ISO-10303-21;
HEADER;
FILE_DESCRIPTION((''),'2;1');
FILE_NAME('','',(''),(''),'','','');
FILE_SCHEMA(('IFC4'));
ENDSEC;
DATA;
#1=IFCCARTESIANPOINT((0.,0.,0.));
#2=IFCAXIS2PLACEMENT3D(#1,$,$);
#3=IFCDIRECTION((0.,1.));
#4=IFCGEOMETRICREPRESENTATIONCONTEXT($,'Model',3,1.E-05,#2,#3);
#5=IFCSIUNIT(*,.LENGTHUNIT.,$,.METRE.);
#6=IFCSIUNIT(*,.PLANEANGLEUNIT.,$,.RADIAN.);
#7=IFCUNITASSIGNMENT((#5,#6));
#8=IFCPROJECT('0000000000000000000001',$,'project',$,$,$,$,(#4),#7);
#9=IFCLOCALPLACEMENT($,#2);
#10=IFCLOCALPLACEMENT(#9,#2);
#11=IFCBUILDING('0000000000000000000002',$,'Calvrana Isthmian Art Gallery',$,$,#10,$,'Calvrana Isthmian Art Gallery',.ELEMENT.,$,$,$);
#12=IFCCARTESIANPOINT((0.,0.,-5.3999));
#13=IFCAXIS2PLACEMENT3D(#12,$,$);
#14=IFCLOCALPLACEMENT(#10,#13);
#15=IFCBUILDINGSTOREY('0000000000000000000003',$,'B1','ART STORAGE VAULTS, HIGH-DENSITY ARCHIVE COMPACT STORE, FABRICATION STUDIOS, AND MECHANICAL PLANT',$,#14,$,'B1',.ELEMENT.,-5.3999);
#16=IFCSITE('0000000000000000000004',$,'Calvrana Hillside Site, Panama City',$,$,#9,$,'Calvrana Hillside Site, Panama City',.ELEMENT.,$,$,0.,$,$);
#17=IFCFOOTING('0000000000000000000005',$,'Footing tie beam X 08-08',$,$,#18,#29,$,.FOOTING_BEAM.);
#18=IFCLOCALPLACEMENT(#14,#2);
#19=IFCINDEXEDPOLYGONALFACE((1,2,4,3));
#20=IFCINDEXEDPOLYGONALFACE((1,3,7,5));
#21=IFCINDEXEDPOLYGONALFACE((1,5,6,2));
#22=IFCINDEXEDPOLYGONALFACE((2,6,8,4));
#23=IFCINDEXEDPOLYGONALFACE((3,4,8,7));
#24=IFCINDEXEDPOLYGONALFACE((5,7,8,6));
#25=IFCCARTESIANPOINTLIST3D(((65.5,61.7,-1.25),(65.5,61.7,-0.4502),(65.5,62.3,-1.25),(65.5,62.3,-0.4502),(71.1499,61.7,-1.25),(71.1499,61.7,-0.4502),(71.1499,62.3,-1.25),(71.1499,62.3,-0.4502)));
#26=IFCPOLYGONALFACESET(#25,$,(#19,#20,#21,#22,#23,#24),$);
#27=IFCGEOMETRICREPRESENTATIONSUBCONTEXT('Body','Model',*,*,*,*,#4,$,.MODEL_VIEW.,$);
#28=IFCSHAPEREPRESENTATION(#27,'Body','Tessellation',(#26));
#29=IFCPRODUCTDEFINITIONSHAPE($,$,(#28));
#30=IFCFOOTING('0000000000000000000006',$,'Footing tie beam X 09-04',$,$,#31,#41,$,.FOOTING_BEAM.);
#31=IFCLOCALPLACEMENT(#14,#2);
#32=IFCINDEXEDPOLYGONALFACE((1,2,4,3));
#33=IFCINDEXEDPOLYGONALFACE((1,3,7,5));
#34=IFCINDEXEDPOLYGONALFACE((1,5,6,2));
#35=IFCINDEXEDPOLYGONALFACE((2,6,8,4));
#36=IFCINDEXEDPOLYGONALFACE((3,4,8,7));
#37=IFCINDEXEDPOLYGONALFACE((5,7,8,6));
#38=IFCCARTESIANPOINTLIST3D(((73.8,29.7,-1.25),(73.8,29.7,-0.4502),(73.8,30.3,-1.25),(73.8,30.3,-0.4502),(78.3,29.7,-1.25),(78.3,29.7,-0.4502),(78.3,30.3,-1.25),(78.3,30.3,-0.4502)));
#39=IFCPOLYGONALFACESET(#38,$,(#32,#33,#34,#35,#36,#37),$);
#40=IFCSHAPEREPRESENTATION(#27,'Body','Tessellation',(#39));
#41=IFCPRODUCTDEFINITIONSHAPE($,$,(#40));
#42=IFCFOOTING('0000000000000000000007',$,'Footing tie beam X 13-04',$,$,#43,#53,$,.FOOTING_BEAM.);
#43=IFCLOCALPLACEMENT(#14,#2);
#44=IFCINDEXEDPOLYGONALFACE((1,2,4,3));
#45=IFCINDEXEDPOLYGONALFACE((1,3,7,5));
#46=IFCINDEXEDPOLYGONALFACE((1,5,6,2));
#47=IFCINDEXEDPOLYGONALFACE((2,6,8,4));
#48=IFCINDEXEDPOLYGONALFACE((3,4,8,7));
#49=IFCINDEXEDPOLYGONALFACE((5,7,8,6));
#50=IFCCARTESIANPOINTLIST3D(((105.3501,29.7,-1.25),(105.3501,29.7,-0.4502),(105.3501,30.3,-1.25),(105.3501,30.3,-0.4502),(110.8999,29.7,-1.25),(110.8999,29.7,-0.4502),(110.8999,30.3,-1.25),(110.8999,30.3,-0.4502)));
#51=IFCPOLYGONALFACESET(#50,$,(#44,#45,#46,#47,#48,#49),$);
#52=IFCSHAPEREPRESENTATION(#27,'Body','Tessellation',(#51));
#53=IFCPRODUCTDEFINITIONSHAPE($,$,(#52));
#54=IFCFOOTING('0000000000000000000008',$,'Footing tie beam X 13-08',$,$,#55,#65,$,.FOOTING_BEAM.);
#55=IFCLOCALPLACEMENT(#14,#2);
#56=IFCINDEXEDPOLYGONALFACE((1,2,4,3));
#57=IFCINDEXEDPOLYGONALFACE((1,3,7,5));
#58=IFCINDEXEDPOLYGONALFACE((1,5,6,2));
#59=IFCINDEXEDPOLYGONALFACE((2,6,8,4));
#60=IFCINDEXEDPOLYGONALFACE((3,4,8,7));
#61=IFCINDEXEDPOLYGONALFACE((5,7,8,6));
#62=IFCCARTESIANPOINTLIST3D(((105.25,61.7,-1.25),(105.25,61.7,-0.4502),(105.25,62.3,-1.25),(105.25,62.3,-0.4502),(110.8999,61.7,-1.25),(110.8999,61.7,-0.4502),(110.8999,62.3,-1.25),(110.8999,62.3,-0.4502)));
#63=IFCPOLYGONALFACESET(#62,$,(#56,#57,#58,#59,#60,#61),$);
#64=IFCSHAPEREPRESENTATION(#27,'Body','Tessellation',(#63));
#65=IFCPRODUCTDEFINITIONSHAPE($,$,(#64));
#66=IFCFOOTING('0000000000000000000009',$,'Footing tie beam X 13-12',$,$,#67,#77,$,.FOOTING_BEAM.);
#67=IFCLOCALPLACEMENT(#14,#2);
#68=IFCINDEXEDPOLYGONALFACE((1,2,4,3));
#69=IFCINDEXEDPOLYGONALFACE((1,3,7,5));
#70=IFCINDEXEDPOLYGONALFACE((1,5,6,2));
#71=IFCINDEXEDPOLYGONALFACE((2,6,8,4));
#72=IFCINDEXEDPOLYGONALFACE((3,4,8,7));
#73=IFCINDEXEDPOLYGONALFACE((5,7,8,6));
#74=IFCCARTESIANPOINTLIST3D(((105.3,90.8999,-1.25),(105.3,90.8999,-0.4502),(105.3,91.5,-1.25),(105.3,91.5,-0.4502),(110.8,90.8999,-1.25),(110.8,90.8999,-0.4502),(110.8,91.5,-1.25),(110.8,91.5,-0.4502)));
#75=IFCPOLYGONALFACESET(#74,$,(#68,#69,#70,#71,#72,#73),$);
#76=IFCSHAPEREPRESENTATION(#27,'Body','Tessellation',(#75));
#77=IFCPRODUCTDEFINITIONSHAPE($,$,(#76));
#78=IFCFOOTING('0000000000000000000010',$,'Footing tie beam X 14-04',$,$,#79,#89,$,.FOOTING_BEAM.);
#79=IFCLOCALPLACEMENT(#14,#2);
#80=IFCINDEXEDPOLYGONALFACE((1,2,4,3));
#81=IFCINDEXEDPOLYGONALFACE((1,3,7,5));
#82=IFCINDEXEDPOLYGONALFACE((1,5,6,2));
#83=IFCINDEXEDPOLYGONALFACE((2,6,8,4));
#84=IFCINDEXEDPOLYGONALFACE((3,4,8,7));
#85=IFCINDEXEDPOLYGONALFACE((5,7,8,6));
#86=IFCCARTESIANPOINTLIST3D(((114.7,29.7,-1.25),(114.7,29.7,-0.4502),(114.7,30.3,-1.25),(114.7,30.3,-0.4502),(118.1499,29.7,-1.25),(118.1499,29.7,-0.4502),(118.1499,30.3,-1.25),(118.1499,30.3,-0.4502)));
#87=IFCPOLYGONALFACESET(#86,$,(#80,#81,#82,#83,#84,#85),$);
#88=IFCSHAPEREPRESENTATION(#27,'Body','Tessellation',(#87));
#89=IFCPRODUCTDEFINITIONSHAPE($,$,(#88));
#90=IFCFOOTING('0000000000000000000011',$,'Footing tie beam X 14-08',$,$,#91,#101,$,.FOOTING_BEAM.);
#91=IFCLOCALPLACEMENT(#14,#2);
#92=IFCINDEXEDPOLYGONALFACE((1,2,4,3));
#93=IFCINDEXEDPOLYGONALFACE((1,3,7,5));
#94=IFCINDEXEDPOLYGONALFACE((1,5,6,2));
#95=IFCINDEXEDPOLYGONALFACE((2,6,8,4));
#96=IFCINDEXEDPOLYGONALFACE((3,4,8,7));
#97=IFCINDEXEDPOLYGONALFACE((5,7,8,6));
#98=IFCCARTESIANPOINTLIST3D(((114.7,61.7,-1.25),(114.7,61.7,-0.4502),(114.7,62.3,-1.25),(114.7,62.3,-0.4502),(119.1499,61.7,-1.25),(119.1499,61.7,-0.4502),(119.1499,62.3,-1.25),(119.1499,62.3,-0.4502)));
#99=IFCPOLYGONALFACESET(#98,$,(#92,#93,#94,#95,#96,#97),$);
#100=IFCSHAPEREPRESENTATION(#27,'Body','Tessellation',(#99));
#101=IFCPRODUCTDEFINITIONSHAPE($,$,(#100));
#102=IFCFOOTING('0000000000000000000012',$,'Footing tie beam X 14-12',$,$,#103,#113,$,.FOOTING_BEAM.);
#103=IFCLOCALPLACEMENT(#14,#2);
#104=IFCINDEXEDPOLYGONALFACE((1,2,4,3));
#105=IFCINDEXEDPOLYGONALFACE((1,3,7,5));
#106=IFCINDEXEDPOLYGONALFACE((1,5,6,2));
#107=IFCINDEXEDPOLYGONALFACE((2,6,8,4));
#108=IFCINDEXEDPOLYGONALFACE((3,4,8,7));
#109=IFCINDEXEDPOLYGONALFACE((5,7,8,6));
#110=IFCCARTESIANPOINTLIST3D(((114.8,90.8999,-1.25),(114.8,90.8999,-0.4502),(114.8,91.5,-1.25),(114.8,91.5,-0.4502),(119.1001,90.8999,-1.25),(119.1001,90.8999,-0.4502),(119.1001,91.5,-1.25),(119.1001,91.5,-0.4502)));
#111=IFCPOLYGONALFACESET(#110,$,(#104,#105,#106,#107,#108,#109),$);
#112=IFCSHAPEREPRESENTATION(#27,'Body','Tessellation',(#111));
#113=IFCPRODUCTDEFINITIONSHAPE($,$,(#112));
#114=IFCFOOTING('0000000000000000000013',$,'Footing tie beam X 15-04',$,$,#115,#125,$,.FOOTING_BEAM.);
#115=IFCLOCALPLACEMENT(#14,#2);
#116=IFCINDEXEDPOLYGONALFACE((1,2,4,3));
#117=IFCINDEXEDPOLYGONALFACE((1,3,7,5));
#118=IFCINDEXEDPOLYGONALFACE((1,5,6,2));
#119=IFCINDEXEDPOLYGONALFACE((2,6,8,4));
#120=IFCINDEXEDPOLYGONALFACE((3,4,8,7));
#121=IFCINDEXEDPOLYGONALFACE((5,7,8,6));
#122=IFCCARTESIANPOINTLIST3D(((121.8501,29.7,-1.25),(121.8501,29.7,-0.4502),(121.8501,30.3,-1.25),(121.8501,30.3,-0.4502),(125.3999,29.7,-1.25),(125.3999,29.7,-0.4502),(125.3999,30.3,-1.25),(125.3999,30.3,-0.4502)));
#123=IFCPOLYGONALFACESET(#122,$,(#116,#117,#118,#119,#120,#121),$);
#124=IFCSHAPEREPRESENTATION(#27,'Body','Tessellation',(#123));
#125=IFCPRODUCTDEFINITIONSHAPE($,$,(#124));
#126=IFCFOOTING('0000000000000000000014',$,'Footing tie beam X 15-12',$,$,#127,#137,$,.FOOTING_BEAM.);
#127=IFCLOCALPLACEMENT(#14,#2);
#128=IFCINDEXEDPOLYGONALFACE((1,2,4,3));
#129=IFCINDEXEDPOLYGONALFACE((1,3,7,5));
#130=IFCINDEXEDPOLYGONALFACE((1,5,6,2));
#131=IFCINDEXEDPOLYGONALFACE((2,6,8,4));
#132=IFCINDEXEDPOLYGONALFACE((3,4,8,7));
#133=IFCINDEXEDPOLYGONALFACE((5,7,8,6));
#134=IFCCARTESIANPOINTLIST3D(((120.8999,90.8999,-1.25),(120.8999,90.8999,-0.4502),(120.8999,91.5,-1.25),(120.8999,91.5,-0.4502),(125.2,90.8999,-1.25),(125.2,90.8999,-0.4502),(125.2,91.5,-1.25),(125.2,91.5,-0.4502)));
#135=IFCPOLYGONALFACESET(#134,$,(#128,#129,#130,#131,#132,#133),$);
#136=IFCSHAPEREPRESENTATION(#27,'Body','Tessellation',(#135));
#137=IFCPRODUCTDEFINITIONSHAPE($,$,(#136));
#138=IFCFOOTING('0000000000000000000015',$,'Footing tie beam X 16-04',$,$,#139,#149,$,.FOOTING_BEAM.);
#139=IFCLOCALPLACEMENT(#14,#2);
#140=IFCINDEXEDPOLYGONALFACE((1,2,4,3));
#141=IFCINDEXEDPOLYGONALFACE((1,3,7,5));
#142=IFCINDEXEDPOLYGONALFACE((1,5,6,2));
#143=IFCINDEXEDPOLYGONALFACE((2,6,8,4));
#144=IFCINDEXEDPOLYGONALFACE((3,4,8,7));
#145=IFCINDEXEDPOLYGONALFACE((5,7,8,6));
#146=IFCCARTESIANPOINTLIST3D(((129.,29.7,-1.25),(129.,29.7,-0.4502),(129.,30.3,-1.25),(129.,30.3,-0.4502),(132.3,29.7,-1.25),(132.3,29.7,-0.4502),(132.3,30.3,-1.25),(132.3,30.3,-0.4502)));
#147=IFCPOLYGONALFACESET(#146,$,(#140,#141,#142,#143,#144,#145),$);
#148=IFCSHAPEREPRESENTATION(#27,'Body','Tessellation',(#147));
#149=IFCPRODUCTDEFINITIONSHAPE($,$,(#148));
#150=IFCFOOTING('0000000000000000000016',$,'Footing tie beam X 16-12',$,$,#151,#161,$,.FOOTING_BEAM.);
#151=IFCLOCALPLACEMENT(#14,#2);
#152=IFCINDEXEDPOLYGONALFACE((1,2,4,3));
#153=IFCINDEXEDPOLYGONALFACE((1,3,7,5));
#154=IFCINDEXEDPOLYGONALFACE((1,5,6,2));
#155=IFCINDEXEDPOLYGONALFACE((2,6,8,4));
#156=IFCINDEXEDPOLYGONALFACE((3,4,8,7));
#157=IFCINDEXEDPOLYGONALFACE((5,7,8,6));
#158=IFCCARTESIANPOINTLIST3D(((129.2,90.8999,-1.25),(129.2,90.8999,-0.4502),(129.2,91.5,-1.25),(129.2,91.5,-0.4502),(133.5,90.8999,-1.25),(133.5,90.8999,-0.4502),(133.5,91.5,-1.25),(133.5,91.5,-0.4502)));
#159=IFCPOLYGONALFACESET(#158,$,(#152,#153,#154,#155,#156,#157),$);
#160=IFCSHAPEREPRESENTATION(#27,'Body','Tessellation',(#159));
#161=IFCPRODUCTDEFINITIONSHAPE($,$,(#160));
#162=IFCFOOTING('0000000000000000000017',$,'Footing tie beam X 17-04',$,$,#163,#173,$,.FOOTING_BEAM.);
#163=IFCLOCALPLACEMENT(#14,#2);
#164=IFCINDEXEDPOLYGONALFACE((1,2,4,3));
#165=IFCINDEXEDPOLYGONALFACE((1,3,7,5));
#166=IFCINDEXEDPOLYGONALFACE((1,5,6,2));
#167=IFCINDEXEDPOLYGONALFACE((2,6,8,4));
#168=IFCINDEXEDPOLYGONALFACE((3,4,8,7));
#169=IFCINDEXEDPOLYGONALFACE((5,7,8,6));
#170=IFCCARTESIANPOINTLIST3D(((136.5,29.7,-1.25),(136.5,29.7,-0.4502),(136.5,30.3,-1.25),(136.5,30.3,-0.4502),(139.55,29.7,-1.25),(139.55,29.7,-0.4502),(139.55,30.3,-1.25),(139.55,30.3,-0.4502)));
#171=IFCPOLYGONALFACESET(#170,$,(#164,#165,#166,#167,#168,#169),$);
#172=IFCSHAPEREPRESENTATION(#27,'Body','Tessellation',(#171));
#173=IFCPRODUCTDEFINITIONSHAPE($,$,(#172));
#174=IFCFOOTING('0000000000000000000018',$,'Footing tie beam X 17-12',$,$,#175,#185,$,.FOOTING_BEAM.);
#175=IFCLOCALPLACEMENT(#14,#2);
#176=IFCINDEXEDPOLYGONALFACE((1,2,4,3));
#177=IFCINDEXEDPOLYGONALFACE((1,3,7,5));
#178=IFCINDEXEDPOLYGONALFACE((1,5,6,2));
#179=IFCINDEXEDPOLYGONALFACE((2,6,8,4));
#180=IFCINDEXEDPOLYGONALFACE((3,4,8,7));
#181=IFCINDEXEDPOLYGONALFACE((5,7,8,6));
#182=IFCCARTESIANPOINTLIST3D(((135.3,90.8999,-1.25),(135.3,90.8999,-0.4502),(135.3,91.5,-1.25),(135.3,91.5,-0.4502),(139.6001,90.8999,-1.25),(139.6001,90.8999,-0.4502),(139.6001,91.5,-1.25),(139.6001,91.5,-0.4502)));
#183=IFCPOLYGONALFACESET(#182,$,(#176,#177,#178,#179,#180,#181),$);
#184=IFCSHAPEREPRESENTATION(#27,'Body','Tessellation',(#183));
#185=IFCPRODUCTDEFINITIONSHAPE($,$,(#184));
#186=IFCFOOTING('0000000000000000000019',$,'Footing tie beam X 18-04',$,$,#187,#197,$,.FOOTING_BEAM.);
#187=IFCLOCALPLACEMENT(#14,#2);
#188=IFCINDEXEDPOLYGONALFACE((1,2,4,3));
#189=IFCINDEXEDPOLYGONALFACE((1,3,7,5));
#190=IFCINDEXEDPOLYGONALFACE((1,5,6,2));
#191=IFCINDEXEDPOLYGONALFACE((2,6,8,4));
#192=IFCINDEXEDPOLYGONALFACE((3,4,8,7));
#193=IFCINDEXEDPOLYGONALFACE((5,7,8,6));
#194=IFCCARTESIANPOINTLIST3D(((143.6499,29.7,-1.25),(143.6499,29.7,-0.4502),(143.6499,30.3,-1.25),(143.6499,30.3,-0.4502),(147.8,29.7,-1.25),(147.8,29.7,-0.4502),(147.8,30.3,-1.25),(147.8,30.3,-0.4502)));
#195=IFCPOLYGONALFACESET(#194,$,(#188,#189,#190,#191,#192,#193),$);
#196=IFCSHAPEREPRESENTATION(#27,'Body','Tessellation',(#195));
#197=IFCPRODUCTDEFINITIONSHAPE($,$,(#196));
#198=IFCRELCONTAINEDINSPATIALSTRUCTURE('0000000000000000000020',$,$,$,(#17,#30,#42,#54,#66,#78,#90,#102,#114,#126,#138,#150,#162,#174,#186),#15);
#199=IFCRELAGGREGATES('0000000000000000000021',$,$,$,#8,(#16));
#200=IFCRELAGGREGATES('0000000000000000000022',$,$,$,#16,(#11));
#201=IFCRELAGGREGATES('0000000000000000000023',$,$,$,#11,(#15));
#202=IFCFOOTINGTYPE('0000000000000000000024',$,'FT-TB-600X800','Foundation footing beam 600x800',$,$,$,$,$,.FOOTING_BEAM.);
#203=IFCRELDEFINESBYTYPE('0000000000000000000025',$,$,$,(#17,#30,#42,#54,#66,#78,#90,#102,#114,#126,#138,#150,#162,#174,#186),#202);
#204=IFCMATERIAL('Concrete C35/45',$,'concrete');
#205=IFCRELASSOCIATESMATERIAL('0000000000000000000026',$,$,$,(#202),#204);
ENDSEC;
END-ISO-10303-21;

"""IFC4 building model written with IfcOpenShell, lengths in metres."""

from ifc_helpers import new_model, si_unit, direction, frame, origin, place, context, subcontext, project, spatial, polyline, outline, extrude, material, type_object, element, save


model = new_model("IFC4")

# Units and contexts
model_context = context("Model", 3, precision=1e-05, world=origin(), true_north=direction((0.0, 1.0)))
body_context = subcontext(model_context, "Body", "Model", "MODEL_VIEW")
ifc_project = project(units=[si_unit("LENGTHUNIT", "METRE"), si_unit("PLANEANGLEUNIT", "RADIAN")], contexts=[model_context])

# Site, building, storey
site_placement = place(None, origin())
site = spatial("IfcSite", under=ifc_project, at=site_placement, Name="Calvrana Hillside Site, Panama City", LongName="Calvrana Hillside Site, Panama City", CompositionType="ELEMENT", RefElevation=0.0)
building_placement = place(site_placement, origin())
building = spatial("IfcBuilding", under=site, at=building_placement, Name="Calvrana Isthmian Art Gallery", LongName="Calvrana Isthmian Art Gallery", CompositionType="ELEMENT")
storey_placement = place(building_placement, frame((0.0, 0.0, -5.3999)))
storey = spatial("IfcBuildingStorey", under=building, at=storey_placement, Name="B1", Description="ART STORAGE VAULTS, HIGH-DENSITY ARCHIVE COMPACT STORE, FABRICATION STUDIOS, AND MECHANICAL PLANT", LongName="B1", CompositionType="ELEMENT", Elevation=-5.3999)

# Footings
ifc_material = material(Name="Concrete C35/45", Category="concrete")
footing_type_1 = type_object("IfcFootingType", Name="FT-TB-600X800", Description="Foundation footing beam 600x800", PredefinedType="FOOTING_BEAM", material=ifc_material)
footing_1_placement = place(storey_placement, frame((0.0, 0.0, -1.25)))
element("IfcFooting", 1, at=footing_1_placement, inside=storey, type_object=footing_type_1, Name="Footing tie beam X 08-08", PredefinedType="FOOTING_BEAM", context=body_context, shape_type="SweptSolid", body=[
    extrude(outline(polyline([(65.5, 61.7), (71.1499, 61.7), (71.1499, 62.3), (65.5, 62.3), (65.5, 61.7)])), origin(), (0.0, 0.0, 1.0), 0.7998),
])
footing_2_placement = place(storey_placement, frame((0.0, 0.0, -1.25)))
element("IfcFooting", 2, at=footing_2_placement, inside=storey, type_object=footing_type_1, Name="Footing tie beam X 09-04", PredefinedType="FOOTING_BEAM", context=body_context, shape_type="SweptSolid", body=[
    extrude(outline(polyline([(73.8, 29.7), (78.3, 29.7), (78.3, 30.3), (73.8, 30.3), (73.8, 29.7)])), origin(), (0.0, 0.0, 1.0), 0.7998),
])
footing_3_placement = place(storey_placement, frame((0.0, 0.0, -1.25)))
element("IfcFooting", 3, at=footing_3_placement, inside=storey, type_object=footing_type_1, Name="Footing tie beam X 13-04", PredefinedType="FOOTING_BEAM", context=body_context, shape_type="SweptSolid", body=[
    extrude(outline(polyline([(105.3501, 29.7), (110.8999, 29.7), (110.8999, 30.3), (105.3501, 30.3), (105.3501, 29.7)])), origin(), (0.0, 0.0, 1.0), 0.7998),
])
footing_4_placement = place(storey_placement, frame((0.0, 0.0, -1.25)))
element("IfcFooting", 4, at=footing_4_placement, inside=storey, type_object=footing_type_1, Name="Footing tie beam X 13-08", PredefinedType="FOOTING_BEAM", context=body_context, shape_type="SweptSolid", body=[
    extrude(outline(polyline([(105.25, 61.7), (110.8999, 61.7), (110.8999, 62.3), (105.25, 62.3), (105.25, 61.7)])), origin(), (0.0, 0.0, 1.0), 0.7998),
])
footing_5_placement = place(storey_placement, frame((0.0, 0.0, -1.25)))
element("IfcFooting", 5, at=footing_5_placement, inside=storey, type_object=footing_type_1, Name="Footing tie beam X 13-12", PredefinedType="FOOTING_BEAM", context=body_context, shape_type="SweptSolid", body=[
    extrude(outline(polyline([(105.3, 90.8999), (110.8, 90.8999), (110.8, 91.5), (105.3, 91.5), (105.3, 90.8999)])), origin(), (0.0, 0.0, 1.0), 0.7998),
])
footing_6_placement = place(storey_placement, frame((0.0, 0.0, -1.25)))
element("IfcFooting", 6, at=footing_6_placement, inside=storey, type_object=footing_type_1, Name="Footing tie beam X 14-04", PredefinedType="FOOTING_BEAM", context=body_context, shape_type="SweptSolid", body=[
    extrude(outline(polyline([(114.7, 29.7), (118.1499, 29.7), (118.1499, 30.3), (114.7, 30.3), (114.7, 29.7)])), origin(), (0.0, 0.0, 1.0), 0.7998),
])
footing_7_placement = place(storey_placement, frame((0.0, 0.0, -1.25)))
element("IfcFooting", 7, at=footing_7_placement, inside=storey, type_object=footing_type_1, Name="Footing tie beam X 14-08", PredefinedType="FOOTING_BEAM", context=body_context, shape_type="SweptSolid", body=[
    extrude(outline(polyline([(114.7, 61.7), (119.1499, 61.7), (119.1499, 62.3), (114.7, 62.3), (114.7, 61.7)])), origin(), (0.0, 0.0, 1.0), 0.7998),
])
footing_8_placement = place(storey_placement, frame((0.0, 0.0, -1.25)))
element("IfcFooting", 8, at=footing_8_placement, inside=storey, type_object=footing_type_1, Name="Footing tie beam X 14-12", PredefinedType="FOOTING_BEAM", context=body_context, shape_type="SweptSolid", body=[
    extrude(outline(polyline([(114.8, 90.8999), (119.1001, 90.8999), (119.1001, 91.5), (114.8, 91.5), (114.8, 90.8999)])), origin(), (0.0, 0.0, 1.0), 0.7998),
])
footing_9_placement = place(storey_placement, frame((0.0, 0.0, -1.25)))
element("IfcFooting", 9, at=footing_9_placement, inside=storey, type_object=footing_type_1, Name="Footing tie beam X 15-04", PredefinedType="FOOTING_BEAM", context=body_context, shape_type="SweptSolid", body=[
    extrude(outline(polyline([(121.8501, 29.7), (125.3999, 29.7), (125.3999, 30.3), (121.8501, 30.3), (121.8501, 29.7)])), origin(), (0.0, 0.0, 1.0), 0.7998),
])
footing_10_placement = place(storey_placement, frame((0.0, 0.0, -1.25)))
element("IfcFooting", 10, at=footing_10_placement, inside=storey, type_object=footing_type_1, Name="Footing tie beam X 15-12", PredefinedType="FOOTING_BEAM", context=body_context, shape_type="SweptSolid", body=[
    extrude(outline(polyline([(120.8999, 90.8999), (125.2, 90.8999), (125.2, 91.5), (120.8999, 91.5), (120.8999, 90.8999)])), origin(), (0.0, 0.0, 1.0), 0.7998),
])
footing_11_placement = place(storey_placement, frame((0.0, 0.0, -1.25)))
element("IfcFooting", 11, at=footing_11_placement, inside=storey, type_object=footing_type_1, Name="Footing tie beam X 16-04", PredefinedType="FOOTING_BEAM", context=body_context, shape_type="SweptSolid", body=[
    extrude(outline(polyline([(129.0, 29.7), (132.3, 29.7), (132.3, 30.3), (129.0, 30.3), (129.0, 29.7)])), origin(), (0.0, 0.0, 1.0), 0.7998),
])
footing_12_placement = place(storey_placement, frame((0.0, 0.0, -1.25)))
element("IfcFooting", 12, at=footing_12_placement, inside=storey, type_object=footing_type_1, Name="Footing tie beam X 16-12", PredefinedType="FOOTING_BEAM", context=body_context, shape_type="SweptSolid", body=[
    extrude(outline(polyline([(129.2, 90.8999), (133.5, 90.8999), (133.5, 91.5), (129.2, 91.5), (129.2, 90.8999)])), origin(), (0.0, 0.0, 1.0), 0.7998),
])
footing_13_placement = place(storey_placement, frame((0.0, 0.0, -1.25)))
element("IfcFooting", 13, at=footing_13_placement, inside=storey, type_object=footing_type_1, Name="Footing tie beam X 17-04", PredefinedType="FOOTING_BEAM", context=body_context, shape_type="SweptSolid", body=[
    extrude(outline(polyline([(136.5, 29.7), (139.55, 29.7), (139.55, 30.3), (136.5, 30.3), (136.5, 29.7)])), origin(), (0.0, 0.0, 1.0), 0.7998),
])
footing_14_placement = place(storey_placement, frame((0.0, 0.0, -1.25)))
element("IfcFooting", 14, at=footing_14_placement, inside=storey, type_object=footing_type_1, Name="Footing tie beam X 17-12", PredefinedType="FOOTING_BEAM", context=body_context, shape_type="SweptSolid", body=[
    extrude(outline(polyline([(135.3, 90.8999), (139.6001, 90.8999), (139.6001, 91.5), (135.3, 91.5), (135.3, 90.8999)])), origin(), (0.0, 0.0, 1.0), 0.7998),
])
footing_15_placement = place(storey_placement, frame((0.0, 0.0, -1.25)))
element("IfcFooting", 15, at=footing_15_placement, inside=storey, type_object=footing_type_1, Name="Footing tie beam X 18-04", PredefinedType="FOOTING_BEAM", context=body_context, shape_type="SweptSolid", body=[
    extrude(outline(polyline([(143.6499, 29.7), (147.8, 29.7), (147.8, 30.3), (143.6499, 30.3), (143.6499, 29.7)])), origin(), (0.0, 0.0, 1.0), 0.7998),
])

save(model, "model.ifc")
